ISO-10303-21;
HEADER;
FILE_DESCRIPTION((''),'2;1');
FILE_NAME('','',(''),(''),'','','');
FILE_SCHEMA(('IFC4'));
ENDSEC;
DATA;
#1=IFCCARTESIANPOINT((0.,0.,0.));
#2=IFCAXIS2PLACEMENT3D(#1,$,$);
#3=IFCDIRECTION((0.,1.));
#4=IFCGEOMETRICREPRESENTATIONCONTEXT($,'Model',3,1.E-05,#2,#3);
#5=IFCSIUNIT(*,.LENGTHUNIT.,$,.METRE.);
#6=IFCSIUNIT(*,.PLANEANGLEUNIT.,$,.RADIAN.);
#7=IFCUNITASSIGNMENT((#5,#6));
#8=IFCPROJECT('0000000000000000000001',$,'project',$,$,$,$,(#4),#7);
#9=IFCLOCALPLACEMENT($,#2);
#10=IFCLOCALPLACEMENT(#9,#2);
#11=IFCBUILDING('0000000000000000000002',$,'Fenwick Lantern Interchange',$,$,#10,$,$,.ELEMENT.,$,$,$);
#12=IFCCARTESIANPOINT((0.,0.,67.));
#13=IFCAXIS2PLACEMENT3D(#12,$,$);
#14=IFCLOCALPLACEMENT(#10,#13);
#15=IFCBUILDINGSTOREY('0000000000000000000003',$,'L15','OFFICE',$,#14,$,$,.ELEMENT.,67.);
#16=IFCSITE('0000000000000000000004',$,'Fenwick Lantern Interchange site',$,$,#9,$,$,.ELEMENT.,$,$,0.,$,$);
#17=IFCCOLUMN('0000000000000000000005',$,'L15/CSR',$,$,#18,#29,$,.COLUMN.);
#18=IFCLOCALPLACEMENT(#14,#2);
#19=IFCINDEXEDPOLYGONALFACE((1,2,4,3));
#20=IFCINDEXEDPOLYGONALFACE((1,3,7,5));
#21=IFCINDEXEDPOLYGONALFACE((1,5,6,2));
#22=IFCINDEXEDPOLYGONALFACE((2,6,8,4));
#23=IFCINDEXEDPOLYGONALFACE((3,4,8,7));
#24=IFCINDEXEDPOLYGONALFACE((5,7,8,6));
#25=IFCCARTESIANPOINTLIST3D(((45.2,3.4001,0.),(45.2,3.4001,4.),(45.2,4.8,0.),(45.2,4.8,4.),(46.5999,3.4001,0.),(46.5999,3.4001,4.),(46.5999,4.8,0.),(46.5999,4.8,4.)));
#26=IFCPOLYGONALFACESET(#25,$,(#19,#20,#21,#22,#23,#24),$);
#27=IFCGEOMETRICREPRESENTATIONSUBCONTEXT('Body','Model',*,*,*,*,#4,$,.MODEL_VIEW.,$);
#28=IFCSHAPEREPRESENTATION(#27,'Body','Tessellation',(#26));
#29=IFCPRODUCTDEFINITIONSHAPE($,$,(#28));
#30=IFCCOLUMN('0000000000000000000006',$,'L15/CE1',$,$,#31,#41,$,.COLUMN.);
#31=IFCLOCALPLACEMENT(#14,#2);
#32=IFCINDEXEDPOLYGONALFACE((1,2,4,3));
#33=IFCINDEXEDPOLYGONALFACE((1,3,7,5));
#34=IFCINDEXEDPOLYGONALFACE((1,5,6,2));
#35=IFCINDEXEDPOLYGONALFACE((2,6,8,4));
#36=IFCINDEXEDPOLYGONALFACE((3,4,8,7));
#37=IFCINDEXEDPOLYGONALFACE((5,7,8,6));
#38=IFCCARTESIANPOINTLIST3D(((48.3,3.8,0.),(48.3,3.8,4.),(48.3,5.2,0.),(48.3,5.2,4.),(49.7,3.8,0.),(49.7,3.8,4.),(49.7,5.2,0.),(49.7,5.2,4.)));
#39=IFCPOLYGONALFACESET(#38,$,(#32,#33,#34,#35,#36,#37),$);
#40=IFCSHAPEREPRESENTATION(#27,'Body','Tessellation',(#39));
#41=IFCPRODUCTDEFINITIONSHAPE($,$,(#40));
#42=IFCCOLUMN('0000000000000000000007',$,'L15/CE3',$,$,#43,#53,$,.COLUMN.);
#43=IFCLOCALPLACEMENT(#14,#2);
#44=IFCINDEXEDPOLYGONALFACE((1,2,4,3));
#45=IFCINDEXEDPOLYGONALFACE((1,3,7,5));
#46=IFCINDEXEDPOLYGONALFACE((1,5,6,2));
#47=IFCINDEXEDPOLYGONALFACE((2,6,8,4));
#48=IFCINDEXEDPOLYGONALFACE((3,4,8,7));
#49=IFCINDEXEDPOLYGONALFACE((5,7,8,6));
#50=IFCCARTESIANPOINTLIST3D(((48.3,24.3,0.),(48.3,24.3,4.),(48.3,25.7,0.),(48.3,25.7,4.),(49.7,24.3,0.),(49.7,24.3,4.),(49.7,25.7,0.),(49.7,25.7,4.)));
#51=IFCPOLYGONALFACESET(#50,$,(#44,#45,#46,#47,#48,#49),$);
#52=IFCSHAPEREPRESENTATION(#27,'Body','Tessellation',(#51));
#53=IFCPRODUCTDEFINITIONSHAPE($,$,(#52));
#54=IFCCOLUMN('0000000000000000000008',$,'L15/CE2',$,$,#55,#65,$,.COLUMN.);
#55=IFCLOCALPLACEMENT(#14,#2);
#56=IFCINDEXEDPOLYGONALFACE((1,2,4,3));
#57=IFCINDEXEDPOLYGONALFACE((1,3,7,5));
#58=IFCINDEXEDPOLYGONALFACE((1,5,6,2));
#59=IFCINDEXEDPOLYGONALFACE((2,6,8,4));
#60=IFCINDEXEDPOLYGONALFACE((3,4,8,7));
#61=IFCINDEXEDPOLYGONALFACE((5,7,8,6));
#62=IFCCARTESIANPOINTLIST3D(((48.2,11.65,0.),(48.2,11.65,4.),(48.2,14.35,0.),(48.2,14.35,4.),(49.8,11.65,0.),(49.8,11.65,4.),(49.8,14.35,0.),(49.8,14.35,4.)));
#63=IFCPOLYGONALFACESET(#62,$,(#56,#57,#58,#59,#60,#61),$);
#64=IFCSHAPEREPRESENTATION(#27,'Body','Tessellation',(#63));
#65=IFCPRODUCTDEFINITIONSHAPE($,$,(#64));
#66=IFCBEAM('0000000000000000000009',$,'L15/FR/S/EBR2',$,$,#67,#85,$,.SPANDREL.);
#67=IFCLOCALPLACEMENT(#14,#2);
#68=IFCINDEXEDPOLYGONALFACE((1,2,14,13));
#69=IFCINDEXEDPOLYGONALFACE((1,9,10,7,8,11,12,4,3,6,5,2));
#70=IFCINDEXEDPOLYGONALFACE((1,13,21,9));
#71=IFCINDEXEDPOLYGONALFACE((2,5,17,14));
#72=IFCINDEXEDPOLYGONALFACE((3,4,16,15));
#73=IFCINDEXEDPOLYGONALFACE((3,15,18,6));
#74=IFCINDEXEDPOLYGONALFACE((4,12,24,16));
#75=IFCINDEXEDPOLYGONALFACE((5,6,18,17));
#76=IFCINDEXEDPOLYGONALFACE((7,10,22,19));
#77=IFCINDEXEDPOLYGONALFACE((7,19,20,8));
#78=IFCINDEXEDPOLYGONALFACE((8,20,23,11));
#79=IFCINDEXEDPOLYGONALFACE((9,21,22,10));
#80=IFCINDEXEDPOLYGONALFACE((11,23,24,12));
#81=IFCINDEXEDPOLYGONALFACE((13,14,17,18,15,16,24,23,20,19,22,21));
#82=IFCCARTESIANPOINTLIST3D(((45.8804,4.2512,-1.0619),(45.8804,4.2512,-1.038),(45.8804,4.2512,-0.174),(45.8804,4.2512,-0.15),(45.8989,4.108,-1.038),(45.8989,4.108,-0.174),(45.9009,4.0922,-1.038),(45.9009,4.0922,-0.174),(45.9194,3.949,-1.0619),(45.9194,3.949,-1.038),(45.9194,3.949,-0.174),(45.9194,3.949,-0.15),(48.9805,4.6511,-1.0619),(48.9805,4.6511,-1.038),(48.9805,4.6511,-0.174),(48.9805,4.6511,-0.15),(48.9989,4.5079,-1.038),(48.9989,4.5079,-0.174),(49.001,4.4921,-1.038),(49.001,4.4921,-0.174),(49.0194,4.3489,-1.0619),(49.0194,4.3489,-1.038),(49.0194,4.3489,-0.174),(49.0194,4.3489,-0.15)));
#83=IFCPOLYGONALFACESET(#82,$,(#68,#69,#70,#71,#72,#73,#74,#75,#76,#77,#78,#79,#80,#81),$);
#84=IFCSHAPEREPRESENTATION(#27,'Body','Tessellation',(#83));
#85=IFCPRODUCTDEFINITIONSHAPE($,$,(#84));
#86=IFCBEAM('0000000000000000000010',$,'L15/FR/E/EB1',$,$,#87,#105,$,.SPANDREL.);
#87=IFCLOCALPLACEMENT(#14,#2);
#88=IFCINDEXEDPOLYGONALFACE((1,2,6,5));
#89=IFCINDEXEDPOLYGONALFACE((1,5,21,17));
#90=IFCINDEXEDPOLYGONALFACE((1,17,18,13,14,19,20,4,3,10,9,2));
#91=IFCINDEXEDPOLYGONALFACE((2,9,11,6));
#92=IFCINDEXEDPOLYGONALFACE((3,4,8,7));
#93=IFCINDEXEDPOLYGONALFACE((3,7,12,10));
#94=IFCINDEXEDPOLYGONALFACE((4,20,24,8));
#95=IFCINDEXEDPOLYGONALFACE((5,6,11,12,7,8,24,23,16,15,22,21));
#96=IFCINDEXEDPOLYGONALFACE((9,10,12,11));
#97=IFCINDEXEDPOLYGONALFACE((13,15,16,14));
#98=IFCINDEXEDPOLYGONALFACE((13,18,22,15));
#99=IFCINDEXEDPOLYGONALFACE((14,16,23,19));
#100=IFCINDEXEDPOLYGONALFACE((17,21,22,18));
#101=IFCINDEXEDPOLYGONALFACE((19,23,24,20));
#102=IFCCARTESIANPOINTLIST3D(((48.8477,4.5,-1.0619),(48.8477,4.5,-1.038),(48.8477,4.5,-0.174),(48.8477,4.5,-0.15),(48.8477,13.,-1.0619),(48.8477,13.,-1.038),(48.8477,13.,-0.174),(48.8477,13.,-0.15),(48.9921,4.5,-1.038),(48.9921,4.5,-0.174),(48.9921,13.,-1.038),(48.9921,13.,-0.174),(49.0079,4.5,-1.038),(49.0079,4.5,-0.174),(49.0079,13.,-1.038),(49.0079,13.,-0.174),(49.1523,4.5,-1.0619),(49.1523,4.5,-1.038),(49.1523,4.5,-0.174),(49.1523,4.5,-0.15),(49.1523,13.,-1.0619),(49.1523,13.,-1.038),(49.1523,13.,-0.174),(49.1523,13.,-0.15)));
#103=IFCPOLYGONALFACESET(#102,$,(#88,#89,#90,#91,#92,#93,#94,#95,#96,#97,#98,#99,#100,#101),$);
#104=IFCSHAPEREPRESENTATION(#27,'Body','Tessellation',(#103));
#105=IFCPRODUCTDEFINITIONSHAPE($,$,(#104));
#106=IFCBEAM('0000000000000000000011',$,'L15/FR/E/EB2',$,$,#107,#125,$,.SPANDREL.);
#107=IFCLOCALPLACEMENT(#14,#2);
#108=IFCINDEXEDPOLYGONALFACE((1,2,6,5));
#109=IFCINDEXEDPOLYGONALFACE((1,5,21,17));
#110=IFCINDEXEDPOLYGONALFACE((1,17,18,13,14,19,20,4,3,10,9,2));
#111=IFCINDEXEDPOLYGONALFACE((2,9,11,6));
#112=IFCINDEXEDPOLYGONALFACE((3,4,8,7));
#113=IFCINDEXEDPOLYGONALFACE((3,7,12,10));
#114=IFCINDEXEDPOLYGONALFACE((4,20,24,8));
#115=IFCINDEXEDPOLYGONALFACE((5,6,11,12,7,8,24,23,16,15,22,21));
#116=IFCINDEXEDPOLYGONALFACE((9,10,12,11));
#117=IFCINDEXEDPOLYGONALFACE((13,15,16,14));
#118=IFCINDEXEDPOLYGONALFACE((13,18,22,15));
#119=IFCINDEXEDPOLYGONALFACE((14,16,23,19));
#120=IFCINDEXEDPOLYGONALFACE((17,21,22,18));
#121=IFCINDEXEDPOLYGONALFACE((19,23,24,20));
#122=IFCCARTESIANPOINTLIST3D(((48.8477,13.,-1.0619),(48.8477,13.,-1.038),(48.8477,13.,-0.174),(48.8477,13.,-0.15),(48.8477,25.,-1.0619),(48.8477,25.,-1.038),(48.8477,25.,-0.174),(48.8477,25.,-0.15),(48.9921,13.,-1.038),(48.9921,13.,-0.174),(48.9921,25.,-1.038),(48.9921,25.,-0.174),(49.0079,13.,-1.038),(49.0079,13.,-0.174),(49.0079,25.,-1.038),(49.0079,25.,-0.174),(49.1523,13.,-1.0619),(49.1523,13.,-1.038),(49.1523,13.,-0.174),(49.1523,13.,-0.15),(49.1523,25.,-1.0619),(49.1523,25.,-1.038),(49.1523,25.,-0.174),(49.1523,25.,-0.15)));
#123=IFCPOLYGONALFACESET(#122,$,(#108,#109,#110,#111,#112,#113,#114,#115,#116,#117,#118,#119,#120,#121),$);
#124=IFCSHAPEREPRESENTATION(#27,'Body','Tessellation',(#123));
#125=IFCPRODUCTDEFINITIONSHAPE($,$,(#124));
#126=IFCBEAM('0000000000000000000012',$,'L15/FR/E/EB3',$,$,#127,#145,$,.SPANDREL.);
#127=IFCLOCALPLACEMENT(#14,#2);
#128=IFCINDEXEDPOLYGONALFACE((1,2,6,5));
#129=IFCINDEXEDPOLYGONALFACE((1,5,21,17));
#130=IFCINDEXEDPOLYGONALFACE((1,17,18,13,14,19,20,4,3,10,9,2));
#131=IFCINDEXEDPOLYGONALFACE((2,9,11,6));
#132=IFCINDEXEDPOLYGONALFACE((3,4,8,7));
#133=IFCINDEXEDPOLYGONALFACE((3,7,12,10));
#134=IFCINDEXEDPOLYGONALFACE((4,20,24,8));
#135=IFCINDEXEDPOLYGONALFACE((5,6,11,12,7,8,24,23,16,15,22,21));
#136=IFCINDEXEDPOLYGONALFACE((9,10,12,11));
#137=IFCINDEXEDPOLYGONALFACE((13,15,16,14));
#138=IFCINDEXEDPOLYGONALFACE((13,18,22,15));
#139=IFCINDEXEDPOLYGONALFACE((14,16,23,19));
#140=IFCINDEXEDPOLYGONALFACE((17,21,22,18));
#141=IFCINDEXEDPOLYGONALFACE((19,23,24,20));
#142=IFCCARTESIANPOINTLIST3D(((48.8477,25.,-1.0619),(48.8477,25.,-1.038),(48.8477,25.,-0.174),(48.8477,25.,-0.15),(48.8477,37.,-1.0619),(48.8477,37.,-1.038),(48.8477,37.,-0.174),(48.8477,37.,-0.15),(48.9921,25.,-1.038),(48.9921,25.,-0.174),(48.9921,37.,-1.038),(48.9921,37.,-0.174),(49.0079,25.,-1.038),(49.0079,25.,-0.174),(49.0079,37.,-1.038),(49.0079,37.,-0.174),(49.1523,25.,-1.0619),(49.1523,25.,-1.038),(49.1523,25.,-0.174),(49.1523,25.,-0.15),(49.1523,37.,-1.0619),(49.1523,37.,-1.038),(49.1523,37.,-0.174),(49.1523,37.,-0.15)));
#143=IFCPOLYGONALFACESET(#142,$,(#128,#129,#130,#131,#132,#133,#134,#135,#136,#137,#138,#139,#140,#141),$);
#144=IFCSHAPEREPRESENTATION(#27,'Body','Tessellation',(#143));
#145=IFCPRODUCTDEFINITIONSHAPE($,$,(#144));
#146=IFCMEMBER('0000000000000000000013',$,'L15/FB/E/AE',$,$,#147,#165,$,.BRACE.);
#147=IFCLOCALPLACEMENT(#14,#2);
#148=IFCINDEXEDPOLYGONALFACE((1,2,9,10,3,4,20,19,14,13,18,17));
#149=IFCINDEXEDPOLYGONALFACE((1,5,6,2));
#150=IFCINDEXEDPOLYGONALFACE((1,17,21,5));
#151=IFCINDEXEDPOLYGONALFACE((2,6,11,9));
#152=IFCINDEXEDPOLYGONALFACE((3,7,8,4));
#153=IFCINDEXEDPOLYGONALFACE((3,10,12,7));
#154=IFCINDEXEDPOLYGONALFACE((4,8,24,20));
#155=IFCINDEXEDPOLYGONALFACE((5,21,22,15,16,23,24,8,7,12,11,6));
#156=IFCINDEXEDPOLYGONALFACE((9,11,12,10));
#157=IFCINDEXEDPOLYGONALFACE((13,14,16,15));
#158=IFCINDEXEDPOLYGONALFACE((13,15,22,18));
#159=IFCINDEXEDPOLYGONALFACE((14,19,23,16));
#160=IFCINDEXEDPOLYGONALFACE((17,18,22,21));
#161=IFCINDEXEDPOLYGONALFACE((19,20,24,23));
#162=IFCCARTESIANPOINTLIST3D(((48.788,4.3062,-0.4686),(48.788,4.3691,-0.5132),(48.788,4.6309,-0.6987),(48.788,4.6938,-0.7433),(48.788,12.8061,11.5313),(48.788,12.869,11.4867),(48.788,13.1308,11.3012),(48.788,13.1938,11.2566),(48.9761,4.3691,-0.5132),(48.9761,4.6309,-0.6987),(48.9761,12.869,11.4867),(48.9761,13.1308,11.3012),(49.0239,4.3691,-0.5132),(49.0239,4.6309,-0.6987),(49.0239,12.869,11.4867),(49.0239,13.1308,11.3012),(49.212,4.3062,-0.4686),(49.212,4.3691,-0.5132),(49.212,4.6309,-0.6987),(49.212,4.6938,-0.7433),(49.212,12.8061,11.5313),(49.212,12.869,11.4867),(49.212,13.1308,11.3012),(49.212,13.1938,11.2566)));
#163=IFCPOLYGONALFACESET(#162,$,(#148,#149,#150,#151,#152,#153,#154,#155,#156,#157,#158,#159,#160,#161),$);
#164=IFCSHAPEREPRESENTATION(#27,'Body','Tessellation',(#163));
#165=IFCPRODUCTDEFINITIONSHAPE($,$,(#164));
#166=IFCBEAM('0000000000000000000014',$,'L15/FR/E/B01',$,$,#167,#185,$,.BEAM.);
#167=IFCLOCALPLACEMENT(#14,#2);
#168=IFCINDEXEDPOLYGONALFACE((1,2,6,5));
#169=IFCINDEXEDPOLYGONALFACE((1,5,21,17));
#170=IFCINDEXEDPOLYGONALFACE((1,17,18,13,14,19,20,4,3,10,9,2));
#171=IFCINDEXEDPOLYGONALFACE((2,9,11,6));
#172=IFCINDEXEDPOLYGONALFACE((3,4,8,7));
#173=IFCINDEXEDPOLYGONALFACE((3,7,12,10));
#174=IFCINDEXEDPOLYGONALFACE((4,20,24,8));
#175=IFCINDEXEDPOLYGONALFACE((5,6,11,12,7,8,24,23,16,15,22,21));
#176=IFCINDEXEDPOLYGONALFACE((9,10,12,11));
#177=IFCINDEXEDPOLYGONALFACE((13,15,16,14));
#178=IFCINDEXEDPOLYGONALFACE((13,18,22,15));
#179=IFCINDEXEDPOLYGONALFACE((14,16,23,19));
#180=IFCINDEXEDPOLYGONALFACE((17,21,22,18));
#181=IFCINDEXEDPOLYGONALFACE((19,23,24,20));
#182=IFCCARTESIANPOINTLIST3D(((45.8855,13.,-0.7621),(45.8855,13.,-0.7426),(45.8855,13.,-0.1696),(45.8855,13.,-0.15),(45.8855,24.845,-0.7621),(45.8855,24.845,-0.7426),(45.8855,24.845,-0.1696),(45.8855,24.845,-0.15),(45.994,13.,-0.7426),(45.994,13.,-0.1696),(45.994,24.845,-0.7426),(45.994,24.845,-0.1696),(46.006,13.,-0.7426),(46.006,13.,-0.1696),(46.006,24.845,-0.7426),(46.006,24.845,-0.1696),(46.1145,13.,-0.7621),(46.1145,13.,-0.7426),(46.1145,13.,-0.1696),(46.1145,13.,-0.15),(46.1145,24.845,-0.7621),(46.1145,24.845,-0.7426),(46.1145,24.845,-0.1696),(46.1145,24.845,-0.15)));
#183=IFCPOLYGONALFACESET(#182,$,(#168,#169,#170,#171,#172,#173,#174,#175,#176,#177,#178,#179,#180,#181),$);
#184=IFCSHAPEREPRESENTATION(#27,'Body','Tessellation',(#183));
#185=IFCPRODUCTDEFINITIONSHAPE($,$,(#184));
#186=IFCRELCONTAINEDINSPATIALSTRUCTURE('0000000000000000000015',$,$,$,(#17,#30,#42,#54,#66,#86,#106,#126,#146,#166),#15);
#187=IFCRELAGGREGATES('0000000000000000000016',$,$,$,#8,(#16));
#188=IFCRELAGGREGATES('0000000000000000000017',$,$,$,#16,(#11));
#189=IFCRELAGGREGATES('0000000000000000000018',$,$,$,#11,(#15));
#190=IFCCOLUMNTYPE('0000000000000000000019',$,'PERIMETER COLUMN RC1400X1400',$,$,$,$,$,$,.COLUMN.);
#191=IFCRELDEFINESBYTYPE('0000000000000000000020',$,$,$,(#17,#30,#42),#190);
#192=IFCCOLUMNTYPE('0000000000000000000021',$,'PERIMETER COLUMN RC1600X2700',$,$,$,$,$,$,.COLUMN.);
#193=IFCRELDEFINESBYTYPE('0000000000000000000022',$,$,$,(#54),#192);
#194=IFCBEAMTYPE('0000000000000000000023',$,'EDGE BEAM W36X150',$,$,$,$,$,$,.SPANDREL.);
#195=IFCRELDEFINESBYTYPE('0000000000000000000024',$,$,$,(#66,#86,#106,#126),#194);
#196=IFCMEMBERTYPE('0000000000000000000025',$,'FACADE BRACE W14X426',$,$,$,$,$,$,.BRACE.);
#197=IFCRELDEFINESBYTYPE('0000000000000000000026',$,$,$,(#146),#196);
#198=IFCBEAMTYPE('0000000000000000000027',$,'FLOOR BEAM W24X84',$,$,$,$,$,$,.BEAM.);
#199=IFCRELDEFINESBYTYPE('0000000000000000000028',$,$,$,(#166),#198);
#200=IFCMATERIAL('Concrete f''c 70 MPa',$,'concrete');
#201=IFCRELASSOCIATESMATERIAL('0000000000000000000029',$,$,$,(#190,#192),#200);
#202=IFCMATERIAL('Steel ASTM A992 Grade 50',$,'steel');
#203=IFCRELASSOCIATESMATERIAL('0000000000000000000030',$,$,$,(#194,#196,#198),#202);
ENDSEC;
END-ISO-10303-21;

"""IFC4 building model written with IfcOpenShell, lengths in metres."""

from ifc_helpers import new_model, si_unit, direction, frame, origin, origin_2d, place, context, subcontext, project, spatial, rectangle, i_section, extrude, material, material_profile, profile_set, type_object, element, save


model = new_model("IFC4")

# Units and contexts
model_context = context("Model", 3, precision=1e-05, world=origin(), true_north=direction((0.0, 1.0)))
body_context = subcontext(model_context, "Body", "Model", "MODEL_VIEW")
ifc_project = project(units=[si_unit("LENGTHUNIT", "METRE"), si_unit("PLANEANGLEUNIT", "RADIAN")], contexts=[model_context])

# Site, building, storey
site_placement = place(None, origin())
site = spatial("IfcSite", under=ifc_project, at=site_placement, Name="Fenwick Lantern Interchange site", CompositionType="ELEMENT", RefElevation=0.0)
building_placement = place(site_placement, origin())
building = spatial("IfcBuilding", under=site, at=building_placement, Name="Fenwick Lantern Interchange", CompositionType="ELEMENT")
storey_placement = place(building_placement, frame((0.0, 0.0, 67.0)))
storey = spatial("IfcBuildingStorey", under=building, at=storey_placement, Name="L15", Description="OFFICE", CompositionType="ELEMENT", Elevation=67.0)

# Columns
ifc_material_1 = material(Name="Concrete f'c 70 MPa", Category="concrete")
ifc_material_profile_1 = material_profile(ifc_material_1, rectangle(XDim=1.3999, YDim=1.3999, at=origin_2d()), Name="RC1400X1400")
ifc_profile_set_1 = profile_set([ifc_material_profile_1], Name="Concrete f'c 70 MPa")
column_type_1 = type_object("IfcColumnType", Name="PERIMETER COLUMN RC1400X1400", PredefinedType="COLUMN", material=ifc_profile_set_1)
for number, where, z_axis, x_axis, name in (
    (1, (45.8999, 4.1001, 0.0), (0.0, 0.0, 1.0), (1.0, 0.0, 0.0), "L15/CSR"),
    (2, (49.0, 4.5, 0.0), (0.0, 0.0, 1.0), (1.0, 0.0, 0.0), "L15/CE1"),
    (3, (49.0, 25.0, 0.0), (0.0, 0.0, 1.0), (1.0, 0.0, 0.0), "L15/CE3"),
):
    element("IfcColumn", number, at=place(storey_placement, frame(where, z_axis=z_axis, x_axis=x_axis)), inside=storey, type_object=column_type_1, Name=name, PredefinedType="COLUMN", context=body_context, shape_type="SweptSolid", body=[
        extrude(rectangle(XDim=1.3999, YDim=1.3999, at=origin_2d()), origin(), (0.0, 0.0, 1.0), 4.0),
    ])
ifc_material_profile_2 = material_profile(ifc_material_1, rectangle(XDim=1.6001, YDim=2.7, at=origin_2d()), Name="RC1600X2700")
ifc_profile_set_2 = profile_set([ifc_material_profile_2], Name="Concrete f'c 70 MPa")
column_type_2 = type_object("IfcColumnType", Name="PERIMETER COLUMN RC1600X2700", PredefinedType="COLUMN", material=ifc_profile_set_2)
column_placement = place(storey_placement, frame((49.0, 13.0, 0.0), z_axis=(0.0, 0.0, 1.0), x_axis=(1.0, 0.0, 0.0)))
element("IfcColumn", 4, at=column_placement, inside=storey, type_object=column_type_2, Name="L15/CE2", PredefinedType="COLUMN", context=body_context, shape_type="SweptSolid", body=[
    extrude(rectangle(XDim=1.6001, YDim=2.7, at=origin_2d()), origin(), (0.0, 0.0, 1.0), 4.0),
])

# Beams
ifc_material_2 = material(Name="Steel ASTM A992 Grade 50", Category="steel")
ifc_material_profile_3 = material_profile(ifc_material_2, i_section(OverallWidth=0.3047, OverallDepth=0.9119, WebThickness=0.0159, FlangeThickness=0.0239, at=origin_2d()), Name="W36X150")
ifc_profile_set_3 = profile_set([ifc_material_profile_3], Name="Steel ASTM A992 Grade 50")
beam_type_1 = type_object("IfcBeamType", Name="EDGE BEAM W36X150", PredefinedType="SPANDREL", material=ifc_profile_set_3)
beam_1_placement = place(storey_placement, frame((45.8999, 4.1001, -0.606), z_axis=(0.991782, 0.127937, 0.0), x_axis=(-0.127937, 0.991782, 0.0)))
element("IfcBeam", 5, at=beam_1_placement, inside=storey, type_object=beam_type_1, Name="L15/FR/S/EBR2", PredefinedType="SPANDREL", context=body_context, shape_type="SweptSolid", body=[
    extrude(i_section(OverallWidth=0.3047, OverallDepth=0.9119, WebThickness=0.0159, FlangeThickness=0.0239, at=origin_2d()), origin(), (0.0, 0.0, 1.0), 3.1257),
])
beam_2_placement = place(storey_placement, frame((49.0, 4.5, -0.606), z_axis=(0.0, 1.0, 0.0), x_axis=(-1.0, 0.0, 0.0)))
element("IfcBeam", 6, at=beam_2_placement, inside=storey, type_object=beam_type_1, Name="L15/FR/E/EB1", PredefinedType="SPANDREL", context=body_context, shape_type="SweptSolid", body=[
    extrude(i_section(OverallWidth=0.3047, OverallDepth=0.9119, WebThickness=0.0159, FlangeThickness=0.0239, at=origin_2d()), origin(), (0.0, 0.0, 1.0), 8.5),
])
for number, where, z_axis, x_axis, name in (
    (7, (49.0, 13.0, -0.606), (0.0, 1.0, 0.0), (-1.0, 0.0, 0.0), "L15/FR/E/EB2"),
    (8, (49.0, 25.0, -0.606), (0.0, 1.0, 0.0), (-1.0, 0.0, 0.0), "L15/FR/E/EB3"),
):
    element("IfcBeam", number, at=place(storey_placement, frame(where, z_axis=z_axis, x_axis=x_axis)), inside=storey, type_object=beam_type_1, Name=name, PredefinedType="SPANDREL", context=body_context, shape_type="SweptSolid", body=[
        extrude(i_section(OverallWidth=0.3047, OverallDepth=0.9119, WebThickness=0.0159, FlangeThickness=0.0239, at=origin_2d()), origin(), (0.0, 0.0, 1.0), 12.0),
    ])

# Member
ifc_material_profile_4 = material_profile(ifc_material_2, i_section(OverallWidth=0.4241, OverallDepth=0.4751, WebThickness=0.0479, FlangeThickness=0.0771, at=origin_2d()), Name="W14X426")
ifc_profile_set_4 = profile_set([ifc_material_profile_4], Name="Steel ASTM A992 Grade 50")
member_type_1 = type_object("IfcMemberType", Name="FACADE BRACE W14X426", PredefinedType="BRACE", material=ifc_profile_set_4)
member_1_placement = place(storey_placement, frame((49.0, 4.5, -0.606), z_axis=(0.0, 0.578017, 0.816024), x_axis=(-1.0, 0.0, 0.0)))
element("IfcMember", 9, at=member_1_placement, inside=storey, type_object=member_type_1, Name="L15/FB/E/AE", PredefinedType="BRACE", context=body_context, shape_type="SweptSolid", body=[
    extrude(i_section(OverallWidth=0.4241, OverallDepth=0.4751, WebThickness=0.0479, FlangeThickness=0.0771, at=origin_2d()), origin(), (0.0, 0.0, 1.0), 14.7053),
])

# Beam
ifc_material_profile_5 = material_profile(ifc_material_2, i_section(OverallWidth=0.229, OverallDepth=0.6121, WebThickness=0.012, FlangeThickness=0.0195, at=origin_2d()), Name="W24X84")
ifc_profile_set_5 = profile_set([ifc_material_profile_5], Name="Steel ASTM A992 Grade 50")
beam_type_2 = type_object("IfcBeamType", Name="FLOOR BEAM W24X84", PredefinedType="BEAM", material=ifc_profile_set_5)
for number, where, z_axis, x_axis, name in (
    (10, (46.0, 13.0, -0.4561), (0.0, 1.0, 0.0), (-1.0, 0.0, 0.0), "L15/FR/E/B01"),
):
    element("IfcBeam", number, at=place(storey_placement, frame(where, z_axis=z_axis, x_axis=x_axis)), inside=storey, type_object=beam_type_2, Name=name, PredefinedType="BEAM", context=body_context, shape_type="SweptSolid", body=[
        extrude(i_section(OverallWidth=0.229, OverallDepth=0.6121, WebThickness=0.012, FlangeThickness=0.0195, at=origin_2d()), origin(), (0.0, 0.0, 1.0), 11.845),
    ])

save(model, "model.ifc")
